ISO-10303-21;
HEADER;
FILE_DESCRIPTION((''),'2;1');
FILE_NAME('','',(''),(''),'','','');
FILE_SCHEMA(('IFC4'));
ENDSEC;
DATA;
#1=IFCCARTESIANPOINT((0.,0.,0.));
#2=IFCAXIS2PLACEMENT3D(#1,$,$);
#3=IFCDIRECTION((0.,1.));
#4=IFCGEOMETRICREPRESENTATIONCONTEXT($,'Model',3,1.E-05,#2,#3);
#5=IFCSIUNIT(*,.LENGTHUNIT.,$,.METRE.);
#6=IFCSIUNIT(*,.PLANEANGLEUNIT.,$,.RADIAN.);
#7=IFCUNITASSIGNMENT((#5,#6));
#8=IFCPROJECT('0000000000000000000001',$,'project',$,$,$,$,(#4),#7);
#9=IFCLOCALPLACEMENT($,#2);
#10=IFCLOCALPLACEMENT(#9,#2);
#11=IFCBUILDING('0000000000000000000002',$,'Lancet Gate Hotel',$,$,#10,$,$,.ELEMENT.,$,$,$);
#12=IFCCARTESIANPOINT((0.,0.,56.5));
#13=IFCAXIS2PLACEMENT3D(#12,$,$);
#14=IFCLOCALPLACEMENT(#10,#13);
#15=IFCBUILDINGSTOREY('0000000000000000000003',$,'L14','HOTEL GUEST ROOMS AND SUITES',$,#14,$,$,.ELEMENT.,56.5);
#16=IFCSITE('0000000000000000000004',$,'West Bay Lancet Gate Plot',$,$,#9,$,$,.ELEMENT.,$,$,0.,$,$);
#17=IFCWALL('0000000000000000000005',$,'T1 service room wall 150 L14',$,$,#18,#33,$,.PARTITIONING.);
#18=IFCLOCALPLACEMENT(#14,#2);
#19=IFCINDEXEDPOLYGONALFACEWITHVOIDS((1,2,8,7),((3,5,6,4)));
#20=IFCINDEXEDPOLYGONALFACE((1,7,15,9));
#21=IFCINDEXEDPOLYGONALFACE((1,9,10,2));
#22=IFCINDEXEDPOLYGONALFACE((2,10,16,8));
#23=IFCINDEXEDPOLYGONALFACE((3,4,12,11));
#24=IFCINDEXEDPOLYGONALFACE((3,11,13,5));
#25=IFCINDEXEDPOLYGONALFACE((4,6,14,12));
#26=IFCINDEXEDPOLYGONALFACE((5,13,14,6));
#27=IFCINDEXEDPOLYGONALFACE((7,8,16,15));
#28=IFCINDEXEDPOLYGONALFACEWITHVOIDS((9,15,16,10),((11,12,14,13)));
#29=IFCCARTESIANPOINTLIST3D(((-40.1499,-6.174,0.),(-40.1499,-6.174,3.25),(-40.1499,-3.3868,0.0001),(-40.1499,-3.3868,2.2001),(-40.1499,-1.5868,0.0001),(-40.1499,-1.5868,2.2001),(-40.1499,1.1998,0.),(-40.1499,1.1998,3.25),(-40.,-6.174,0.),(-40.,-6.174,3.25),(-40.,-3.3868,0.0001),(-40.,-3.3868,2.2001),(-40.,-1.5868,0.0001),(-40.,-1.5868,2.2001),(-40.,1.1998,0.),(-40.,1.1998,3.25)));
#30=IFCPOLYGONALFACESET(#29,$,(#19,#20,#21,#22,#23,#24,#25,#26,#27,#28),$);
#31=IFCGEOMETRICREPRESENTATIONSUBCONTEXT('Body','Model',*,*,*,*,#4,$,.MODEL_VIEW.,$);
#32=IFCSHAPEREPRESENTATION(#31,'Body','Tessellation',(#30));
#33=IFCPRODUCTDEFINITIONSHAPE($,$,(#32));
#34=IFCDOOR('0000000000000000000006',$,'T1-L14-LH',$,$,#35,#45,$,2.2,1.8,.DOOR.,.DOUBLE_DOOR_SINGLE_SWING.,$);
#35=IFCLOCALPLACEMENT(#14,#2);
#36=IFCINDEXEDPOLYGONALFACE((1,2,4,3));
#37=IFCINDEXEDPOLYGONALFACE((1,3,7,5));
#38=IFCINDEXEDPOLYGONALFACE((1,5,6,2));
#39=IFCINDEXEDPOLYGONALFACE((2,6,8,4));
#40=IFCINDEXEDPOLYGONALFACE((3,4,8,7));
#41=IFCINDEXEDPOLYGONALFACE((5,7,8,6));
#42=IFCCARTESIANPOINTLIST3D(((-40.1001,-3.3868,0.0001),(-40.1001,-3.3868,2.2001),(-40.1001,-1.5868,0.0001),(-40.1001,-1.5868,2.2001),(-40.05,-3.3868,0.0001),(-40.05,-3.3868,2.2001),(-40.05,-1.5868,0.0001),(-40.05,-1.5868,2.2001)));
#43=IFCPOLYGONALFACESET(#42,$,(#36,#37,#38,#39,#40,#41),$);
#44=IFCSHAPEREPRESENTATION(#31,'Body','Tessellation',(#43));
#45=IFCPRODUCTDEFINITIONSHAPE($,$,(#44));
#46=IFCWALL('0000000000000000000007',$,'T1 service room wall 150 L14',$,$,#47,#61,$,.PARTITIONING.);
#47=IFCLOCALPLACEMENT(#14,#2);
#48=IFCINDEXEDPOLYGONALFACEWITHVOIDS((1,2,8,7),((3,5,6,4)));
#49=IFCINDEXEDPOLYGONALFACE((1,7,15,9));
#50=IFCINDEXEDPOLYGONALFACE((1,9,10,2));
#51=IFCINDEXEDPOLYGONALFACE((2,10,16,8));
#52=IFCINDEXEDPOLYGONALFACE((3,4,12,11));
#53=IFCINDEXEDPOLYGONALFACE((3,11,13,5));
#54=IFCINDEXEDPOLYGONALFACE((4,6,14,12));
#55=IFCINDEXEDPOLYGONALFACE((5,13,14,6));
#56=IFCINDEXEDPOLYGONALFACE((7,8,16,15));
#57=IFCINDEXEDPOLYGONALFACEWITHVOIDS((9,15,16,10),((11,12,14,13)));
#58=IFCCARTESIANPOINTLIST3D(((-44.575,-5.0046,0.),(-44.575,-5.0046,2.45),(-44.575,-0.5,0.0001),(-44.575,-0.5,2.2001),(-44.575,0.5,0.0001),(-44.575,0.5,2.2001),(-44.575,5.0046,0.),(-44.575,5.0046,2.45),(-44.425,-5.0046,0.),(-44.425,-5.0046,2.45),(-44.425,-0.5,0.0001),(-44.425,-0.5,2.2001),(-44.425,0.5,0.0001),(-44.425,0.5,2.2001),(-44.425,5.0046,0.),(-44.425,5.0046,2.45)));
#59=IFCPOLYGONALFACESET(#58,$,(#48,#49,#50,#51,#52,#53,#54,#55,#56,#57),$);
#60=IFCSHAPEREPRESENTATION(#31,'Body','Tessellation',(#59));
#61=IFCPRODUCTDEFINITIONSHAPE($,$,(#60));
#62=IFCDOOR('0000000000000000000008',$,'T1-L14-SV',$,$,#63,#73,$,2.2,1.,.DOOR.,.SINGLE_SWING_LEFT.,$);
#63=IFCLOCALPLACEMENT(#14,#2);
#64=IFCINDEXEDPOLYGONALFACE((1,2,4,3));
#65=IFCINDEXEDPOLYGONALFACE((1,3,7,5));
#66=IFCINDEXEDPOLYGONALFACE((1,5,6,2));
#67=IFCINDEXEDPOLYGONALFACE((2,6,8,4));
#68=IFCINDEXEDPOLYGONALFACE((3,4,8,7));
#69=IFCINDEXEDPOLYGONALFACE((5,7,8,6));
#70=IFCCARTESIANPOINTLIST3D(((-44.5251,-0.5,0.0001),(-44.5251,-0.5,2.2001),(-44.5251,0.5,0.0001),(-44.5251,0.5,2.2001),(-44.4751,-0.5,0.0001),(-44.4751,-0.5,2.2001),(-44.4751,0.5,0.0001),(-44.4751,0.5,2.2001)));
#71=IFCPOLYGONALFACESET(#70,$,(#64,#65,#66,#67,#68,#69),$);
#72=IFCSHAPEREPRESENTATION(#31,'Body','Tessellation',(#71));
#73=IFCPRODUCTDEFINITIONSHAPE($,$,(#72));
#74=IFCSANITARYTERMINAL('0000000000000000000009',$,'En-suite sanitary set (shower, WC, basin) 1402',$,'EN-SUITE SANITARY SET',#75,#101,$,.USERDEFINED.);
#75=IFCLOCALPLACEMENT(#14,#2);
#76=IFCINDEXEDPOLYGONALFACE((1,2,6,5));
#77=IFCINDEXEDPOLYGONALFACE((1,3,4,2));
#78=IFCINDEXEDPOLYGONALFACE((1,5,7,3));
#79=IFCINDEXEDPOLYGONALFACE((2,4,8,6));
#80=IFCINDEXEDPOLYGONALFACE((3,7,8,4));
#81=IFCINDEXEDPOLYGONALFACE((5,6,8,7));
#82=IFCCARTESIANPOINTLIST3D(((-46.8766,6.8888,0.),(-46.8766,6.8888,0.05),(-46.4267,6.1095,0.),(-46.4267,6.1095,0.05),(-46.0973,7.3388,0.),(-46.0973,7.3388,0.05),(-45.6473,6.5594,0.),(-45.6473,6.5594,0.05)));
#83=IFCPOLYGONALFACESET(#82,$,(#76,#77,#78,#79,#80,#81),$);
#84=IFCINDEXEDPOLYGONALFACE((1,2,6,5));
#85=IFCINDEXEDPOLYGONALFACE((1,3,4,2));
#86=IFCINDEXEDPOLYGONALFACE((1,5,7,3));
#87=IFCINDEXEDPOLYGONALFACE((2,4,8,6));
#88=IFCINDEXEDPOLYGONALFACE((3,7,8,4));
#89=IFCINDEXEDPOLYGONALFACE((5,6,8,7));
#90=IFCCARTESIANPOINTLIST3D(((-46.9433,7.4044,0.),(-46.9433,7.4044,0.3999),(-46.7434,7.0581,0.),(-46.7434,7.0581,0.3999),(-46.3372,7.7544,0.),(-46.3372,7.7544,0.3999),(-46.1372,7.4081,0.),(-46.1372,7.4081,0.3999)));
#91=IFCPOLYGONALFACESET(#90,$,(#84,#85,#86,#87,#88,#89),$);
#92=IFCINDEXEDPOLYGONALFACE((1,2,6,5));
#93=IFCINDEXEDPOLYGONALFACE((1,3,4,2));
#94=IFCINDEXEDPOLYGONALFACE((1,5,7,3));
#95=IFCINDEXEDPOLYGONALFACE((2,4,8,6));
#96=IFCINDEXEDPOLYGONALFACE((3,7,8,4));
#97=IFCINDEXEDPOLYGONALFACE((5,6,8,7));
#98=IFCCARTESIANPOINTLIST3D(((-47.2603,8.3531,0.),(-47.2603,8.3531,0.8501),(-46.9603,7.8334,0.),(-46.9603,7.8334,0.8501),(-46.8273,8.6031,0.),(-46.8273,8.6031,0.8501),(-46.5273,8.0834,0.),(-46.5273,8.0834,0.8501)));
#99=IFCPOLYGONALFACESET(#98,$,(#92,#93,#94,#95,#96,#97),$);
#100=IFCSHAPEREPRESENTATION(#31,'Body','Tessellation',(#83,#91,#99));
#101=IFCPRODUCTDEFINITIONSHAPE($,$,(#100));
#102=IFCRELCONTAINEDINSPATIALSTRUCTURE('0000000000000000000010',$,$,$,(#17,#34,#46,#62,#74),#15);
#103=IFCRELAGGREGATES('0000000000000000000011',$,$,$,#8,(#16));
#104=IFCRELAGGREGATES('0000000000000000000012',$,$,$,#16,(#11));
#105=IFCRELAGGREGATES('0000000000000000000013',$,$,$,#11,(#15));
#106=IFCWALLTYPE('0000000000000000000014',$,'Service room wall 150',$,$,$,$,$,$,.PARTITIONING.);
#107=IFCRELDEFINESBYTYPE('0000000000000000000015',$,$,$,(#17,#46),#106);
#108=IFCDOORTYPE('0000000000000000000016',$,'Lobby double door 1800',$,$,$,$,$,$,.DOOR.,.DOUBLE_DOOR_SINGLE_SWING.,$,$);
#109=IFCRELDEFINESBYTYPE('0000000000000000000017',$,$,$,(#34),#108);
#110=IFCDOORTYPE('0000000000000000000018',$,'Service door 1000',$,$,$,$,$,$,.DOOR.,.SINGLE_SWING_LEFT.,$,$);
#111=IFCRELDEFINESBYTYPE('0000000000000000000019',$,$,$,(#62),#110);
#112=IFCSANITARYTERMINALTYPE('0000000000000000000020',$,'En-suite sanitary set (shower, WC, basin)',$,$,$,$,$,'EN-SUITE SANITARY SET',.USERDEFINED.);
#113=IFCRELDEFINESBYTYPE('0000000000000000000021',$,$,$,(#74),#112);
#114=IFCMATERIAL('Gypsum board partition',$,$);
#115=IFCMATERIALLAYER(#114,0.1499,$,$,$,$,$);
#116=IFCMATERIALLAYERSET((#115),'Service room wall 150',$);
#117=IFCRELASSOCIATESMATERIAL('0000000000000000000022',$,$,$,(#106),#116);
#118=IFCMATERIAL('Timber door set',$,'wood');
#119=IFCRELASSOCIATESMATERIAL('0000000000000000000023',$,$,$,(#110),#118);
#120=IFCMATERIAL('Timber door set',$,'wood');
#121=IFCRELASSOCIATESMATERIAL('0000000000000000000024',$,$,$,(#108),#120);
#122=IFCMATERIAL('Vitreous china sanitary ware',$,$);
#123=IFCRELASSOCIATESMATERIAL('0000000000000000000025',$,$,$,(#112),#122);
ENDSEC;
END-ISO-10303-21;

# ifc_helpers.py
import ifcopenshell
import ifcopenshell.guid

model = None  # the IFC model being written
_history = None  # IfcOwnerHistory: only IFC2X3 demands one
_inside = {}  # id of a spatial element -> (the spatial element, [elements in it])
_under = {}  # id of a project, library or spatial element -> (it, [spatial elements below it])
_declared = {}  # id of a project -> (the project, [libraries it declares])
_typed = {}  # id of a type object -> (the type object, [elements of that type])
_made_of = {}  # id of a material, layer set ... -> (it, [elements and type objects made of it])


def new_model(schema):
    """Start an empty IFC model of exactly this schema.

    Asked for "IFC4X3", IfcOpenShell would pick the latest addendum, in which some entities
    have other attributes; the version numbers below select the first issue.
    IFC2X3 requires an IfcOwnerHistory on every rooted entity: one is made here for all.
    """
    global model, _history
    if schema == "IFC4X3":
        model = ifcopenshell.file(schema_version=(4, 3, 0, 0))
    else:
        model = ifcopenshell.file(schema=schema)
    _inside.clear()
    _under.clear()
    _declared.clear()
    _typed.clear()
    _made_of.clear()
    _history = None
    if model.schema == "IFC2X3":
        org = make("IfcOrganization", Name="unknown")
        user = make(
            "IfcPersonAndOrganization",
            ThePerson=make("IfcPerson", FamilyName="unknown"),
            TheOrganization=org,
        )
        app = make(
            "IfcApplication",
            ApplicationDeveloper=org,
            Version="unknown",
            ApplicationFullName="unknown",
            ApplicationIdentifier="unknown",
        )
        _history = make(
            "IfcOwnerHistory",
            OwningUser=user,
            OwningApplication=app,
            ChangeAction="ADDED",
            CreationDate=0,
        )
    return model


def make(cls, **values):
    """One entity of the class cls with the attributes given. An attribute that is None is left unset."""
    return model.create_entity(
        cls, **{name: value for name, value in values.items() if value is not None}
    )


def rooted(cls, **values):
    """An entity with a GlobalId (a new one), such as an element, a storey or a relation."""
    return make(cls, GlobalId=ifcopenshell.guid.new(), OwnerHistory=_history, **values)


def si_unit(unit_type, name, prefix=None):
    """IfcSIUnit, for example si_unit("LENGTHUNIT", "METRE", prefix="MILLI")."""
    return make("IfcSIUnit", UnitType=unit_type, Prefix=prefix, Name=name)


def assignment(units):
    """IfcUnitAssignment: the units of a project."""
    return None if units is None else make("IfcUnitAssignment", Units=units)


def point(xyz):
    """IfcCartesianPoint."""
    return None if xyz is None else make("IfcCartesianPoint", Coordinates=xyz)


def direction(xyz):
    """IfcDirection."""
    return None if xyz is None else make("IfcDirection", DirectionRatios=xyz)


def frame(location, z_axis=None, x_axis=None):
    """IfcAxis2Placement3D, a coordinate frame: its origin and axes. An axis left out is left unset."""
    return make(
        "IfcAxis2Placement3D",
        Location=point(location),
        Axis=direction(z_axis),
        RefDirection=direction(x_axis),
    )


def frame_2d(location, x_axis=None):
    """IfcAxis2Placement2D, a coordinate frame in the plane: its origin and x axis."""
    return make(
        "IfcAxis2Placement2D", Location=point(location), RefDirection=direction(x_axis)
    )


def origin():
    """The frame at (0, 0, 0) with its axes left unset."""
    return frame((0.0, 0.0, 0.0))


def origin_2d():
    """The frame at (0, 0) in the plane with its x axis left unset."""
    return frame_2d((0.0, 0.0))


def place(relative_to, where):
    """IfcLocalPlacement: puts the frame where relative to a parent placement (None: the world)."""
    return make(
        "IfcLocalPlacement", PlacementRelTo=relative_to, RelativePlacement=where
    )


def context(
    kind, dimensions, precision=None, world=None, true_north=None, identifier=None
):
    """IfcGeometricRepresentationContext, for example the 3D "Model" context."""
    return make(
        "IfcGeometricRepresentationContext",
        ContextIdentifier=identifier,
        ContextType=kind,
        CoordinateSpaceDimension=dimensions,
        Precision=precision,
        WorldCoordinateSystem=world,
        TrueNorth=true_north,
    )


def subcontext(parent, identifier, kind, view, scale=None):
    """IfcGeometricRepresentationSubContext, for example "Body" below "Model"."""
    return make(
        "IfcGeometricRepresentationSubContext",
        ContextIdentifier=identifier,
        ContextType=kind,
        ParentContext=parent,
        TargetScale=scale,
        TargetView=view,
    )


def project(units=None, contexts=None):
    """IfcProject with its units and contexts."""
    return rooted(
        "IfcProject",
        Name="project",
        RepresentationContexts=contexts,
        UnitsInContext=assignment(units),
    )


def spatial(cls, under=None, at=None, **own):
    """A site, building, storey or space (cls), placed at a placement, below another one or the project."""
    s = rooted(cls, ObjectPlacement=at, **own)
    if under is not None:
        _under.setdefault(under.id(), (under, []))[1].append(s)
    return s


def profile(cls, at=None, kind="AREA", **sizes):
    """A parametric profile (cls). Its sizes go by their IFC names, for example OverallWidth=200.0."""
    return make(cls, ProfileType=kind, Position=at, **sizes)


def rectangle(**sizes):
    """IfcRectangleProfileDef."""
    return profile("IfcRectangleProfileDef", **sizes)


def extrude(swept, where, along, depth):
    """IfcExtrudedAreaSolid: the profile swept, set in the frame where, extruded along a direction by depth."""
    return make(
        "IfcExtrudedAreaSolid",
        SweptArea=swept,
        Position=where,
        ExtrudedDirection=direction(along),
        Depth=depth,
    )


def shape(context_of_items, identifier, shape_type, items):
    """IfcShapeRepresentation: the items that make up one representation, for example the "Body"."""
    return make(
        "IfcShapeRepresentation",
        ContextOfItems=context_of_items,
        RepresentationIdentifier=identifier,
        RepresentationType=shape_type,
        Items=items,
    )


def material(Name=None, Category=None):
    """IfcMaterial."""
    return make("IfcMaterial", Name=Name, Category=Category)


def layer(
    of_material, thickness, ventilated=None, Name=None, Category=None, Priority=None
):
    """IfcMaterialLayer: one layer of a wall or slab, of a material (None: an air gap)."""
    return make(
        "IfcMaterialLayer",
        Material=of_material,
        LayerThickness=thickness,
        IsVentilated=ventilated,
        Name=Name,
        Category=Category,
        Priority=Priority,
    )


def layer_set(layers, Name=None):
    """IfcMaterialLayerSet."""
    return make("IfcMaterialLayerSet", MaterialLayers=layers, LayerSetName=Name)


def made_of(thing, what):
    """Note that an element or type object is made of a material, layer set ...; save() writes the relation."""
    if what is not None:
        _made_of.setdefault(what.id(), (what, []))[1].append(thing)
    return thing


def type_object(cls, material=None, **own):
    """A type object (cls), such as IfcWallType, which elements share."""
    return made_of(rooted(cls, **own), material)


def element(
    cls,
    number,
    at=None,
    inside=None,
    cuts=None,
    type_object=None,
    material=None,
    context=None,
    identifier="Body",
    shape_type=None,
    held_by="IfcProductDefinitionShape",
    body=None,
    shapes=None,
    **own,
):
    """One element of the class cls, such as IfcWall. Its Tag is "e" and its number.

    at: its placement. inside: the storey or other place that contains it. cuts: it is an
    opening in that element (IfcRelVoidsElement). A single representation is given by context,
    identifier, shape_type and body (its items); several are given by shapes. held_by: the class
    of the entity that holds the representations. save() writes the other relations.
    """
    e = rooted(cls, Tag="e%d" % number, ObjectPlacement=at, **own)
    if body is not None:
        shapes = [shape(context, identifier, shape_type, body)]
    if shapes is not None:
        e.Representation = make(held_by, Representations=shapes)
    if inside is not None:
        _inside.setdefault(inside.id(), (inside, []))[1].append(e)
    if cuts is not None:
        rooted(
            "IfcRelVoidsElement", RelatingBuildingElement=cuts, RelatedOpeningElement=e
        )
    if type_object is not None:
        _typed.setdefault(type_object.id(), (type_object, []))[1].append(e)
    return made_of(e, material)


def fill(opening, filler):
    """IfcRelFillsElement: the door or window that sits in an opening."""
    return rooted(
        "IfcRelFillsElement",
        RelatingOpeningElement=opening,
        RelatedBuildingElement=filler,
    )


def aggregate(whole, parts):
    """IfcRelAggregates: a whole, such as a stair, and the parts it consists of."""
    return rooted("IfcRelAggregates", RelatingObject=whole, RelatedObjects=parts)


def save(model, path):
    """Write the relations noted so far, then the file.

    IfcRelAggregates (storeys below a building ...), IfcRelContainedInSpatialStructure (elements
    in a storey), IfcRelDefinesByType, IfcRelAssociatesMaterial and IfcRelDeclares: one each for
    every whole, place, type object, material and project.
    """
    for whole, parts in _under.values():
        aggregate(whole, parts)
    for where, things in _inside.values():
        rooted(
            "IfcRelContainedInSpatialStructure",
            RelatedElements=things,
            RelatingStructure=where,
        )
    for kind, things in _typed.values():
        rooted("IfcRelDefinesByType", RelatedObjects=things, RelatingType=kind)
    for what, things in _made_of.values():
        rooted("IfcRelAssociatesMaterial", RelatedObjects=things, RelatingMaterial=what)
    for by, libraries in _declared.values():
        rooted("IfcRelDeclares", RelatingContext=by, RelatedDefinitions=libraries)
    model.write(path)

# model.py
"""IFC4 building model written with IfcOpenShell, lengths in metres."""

from ifc_helpers import new_model, si_unit, direction, frame, frame_2d, origin, origin_2d, place, context, subcontext, project, spatial, rectangle, extrude, material, layer, layer_set, type_object, element, fill, save


model = new_model("IFC4")

# Units and contexts
model_context = context("Model", 3, precision=1e-05, world=origin(), true_north=direction((0.0, 1.0)))
body_context = subcontext(model_context, "Body", "Model", "MODEL_VIEW")
ifc_project = project(units=[si_unit("LENGTHUNIT", "METRE"), si_unit("PLANEANGLEUNIT", "RADIAN")], contexts=[model_context])

# Site, building, storey
site_placement = place(None, origin())
site = spatial("IfcSite", under=ifc_project, at=site_placement, Name="West Bay Lancet Gate Plot", CompositionType="ELEMENT", RefElevation=0.0)
building_placement = place(site_placement, origin())
building = spatial("IfcBuilding", under=site, at=building_placement, Name="Lancet Gate Hotel", CompositionType="ELEMENT")
storey_placement = place(building_placement, frame((0.0, 0.0, 56.5)))
storey = spatial("IfcBuildingStorey", under=building, at=storey_placement, Name="L14", Description="HOTEL GUEST ROOMS AND SUITES", CompositionType="ELEMENT", Elevation=56.5)

# Walls, openings, doors
ifc_material_1 = material(Name="Gypsum board partition")
ifc_layer_1 = layer(ifc_material_1, 0.1499)
ifc_layer_set_1 = layer_set([ifc_layer_1], Name="Service room wall 150")
wall_type_1 = type_object("IfcWallType", Name="Service room wall 150", PredefinedType="PARTITIONING", material=ifc_layer_set_1)
ifc_material_2 = material(Name="Timber door set", Category="wood")
door_type_1 = type_object("IfcDoorType", Name="Service door 1000", OperationType="SINGLE_SWING_LEFT", PredefinedType="DOOR", material=ifc_material_2)
wall_1_placement = place(storey_placement, frame((-40.075, 1.2, 0.0), z_axis=(0.0, 0.0, 1.0), x_axis=(0.0, -1.0, 0.0)))
wall_1 = element("IfcWall", 1, at=wall_1_placement, inside=storey, type_object=wall_type_1, Name="T1 service room wall 150 L14", PredefinedType="PARTITIONING", context=body_context, shape_type="SweptSolid", body=[
    extrude(rectangle(XDim=7.3738, YDim=0.1499, at=frame_2d((3.687, 0.0))), origin(), (0.0, 0.0, 1.0), 3.25),
])
opening_1_placement = place(wall_1_placement, frame((2.7869, 0.0, 0.0)))
opening_1 = element("IfcOpeningElement", 2, at=opening_1_placement, cuts=wall_1, PredefinedType="OPENING", context=body_context, shape_type="SweptSolid", body=[
    extrude(rectangle(XDim=1.8, YDim=2.2, at=frame_2d((0.8999, 1.1001))), frame((0.0, 0.085, 0.0), z_axis=(0.0, -1.0, 0.0), x_axis=(1.0, 0.0, 0.0)), (0.0, 0.0, 1.0), 0.1699),
])
ifc_material_3 = material(Name="Timber door set", Category="wood")
door_type_2 = type_object("IfcDoorType", Name="Lobby double door 1800", OperationType="DOUBLE_DOOR_SINGLE_SWING", PredefinedType="DOOR", material=ifc_material_3)
door_1_placement = place(opening_1_placement, origin())
door_1 = element("IfcDoor", 3, at=door_1_placement, inside=storey, type_object=door_type_2, Name="T1-L14-LH", OperationType="DOUBLE_DOOR_SINGLE_SWING", OverallHeight=2.2, OverallWidth=1.8, PredefinedType="DOOR", context=body_context, shape_type="SweptSolid", body=[
    extrude(rectangle(XDim=1.8, YDim=2.2, at=frame_2d((0.8999, 1.1001))), frame((0.0, 0.0249, 0.0), z_axis=(0.0, -1.0, 0.0), x_axis=(1.0, 0.0, 0.0)), (0.0, 0.0, 1.0), 0.05),
])
fill(opening_1, door_1)
wall_2_placement = place(storey_placement, frame((-44.5, 5.0046, 0.0), z_axis=(0.0, 0.0, 1.0), x_axis=(0.0, -1.0, 0.0)))
wall_2 = element("IfcWall", 4, at=wall_2_placement, inside=storey, type_object=wall_type_1, Name="T1 service room wall 150 L14", PredefinedType="PARTITIONING", context=body_context, shape_type="SweptSolid", body=[
    extrude(rectangle(XDim=10.0093, YDim=0.1499, at=frame_2d((5.0046, 0.0))), origin(), (0.0, 0.0, 1.0), 2.45),
])
opening_2_placement = place(wall_2_placement, frame((4.5046, 0.0, 0.0)))
opening_2 = element("IfcOpeningElement", 5, at=opening_2_placement, cuts=wall_2, PredefinedType="OPENING", context=body_context, shape_type="SweptSolid", body=[
    extrude(rectangle(XDim=1.0, YDim=2.2, at=frame_2d((0.5, 1.1001))), frame((0.0, 0.085, 0.0), z_axis=(0.0, -1.0, 0.0), x_axis=(1.0, 0.0, 0.0)), (0.0, 0.0, 1.0), 0.1699),
])
door_2_placement = place(opening_2_placement, origin())
door_2 = element("IfcDoor", 6, at=door_2_placement, inside=storey, type_object=door_type_1, Name="T1-L14-SV", OperationType="SINGLE_SWING_LEFT", OverallHeight=2.2, OverallWidth=1.0, PredefinedType="DOOR", context=body_context, shape_type="SweptSolid", body=[
    extrude(rectangle(XDim=1.0, YDim=2.2, at=frame_2d((0.5, 1.1001))), frame((0.0, 0.0249, 0.0), z_axis=(0.0, -1.0, 0.0), x_axis=(1.0, 0.0, 0.0)), (0.0, 0.0, 1.0), 0.05),
])
fill(opening_2, door_2)

# Sanitary terminal
ifc_material_4 = material(Name="Vitreous china sanitary ware")
sanitary_terminal_type = type_object("IfcSanitaryTerminalType", Name="En-suite sanitary set (shower, WC, basin)", ElementType="EN-SUITE SANITARY SET", PredefinedType="USERDEFINED", material=ifc_material_4)
sanitary_terminal_placement = place(storey_placement, frame((-46.262, 6.7241, 0.0), z_axis=(0.0, 0.0, 1.0), x_axis=(1.0, 0.0, 0.0)))
element("IfcSanitaryTerminal", 7, at=sanitary_terminal_placement, inside=storey, type_object=sanitary_terminal_type, Name="En-suite sanitary set (shower, WC, basin) 1402", ObjectType="EN-SUITE SANITARY SET", PredefinedType="USERDEFINED", context=body_context, shape_type="SweptSolid", body=[
    extrude(rectangle(XDim=0.8999, YDim=0.8999, at=origin_2d()), frame((0.0, 0.0, 0.0), z_axis=(0.0, 0.0, 1.0), x_axis=(0.5, -0.866025, 0.0)), (0.0, 0.0, 1.0), 0.05),
    extrude(rectangle(XDim=0.3999, YDim=0.7, at=origin_2d()), frame((-0.2783, 0.6821, 0.0), z_axis=(0.0, 0.0, 1.0), x_axis=(0.5, -0.866025, 0.0)), (0.0, 0.0, 1.0), 0.3999),
    extrude(rectangle(XDim=0.6001, YDim=0.5, at=origin_2d()), frame((-0.6318, 1.4941, 0.0), z_axis=(0.0, 0.0, 1.0), x_axis=(0.5, -0.866025, 0.0)), (0.0, 0.0, 1.0), 0.8501),
])

save(model, "model.ifc")
